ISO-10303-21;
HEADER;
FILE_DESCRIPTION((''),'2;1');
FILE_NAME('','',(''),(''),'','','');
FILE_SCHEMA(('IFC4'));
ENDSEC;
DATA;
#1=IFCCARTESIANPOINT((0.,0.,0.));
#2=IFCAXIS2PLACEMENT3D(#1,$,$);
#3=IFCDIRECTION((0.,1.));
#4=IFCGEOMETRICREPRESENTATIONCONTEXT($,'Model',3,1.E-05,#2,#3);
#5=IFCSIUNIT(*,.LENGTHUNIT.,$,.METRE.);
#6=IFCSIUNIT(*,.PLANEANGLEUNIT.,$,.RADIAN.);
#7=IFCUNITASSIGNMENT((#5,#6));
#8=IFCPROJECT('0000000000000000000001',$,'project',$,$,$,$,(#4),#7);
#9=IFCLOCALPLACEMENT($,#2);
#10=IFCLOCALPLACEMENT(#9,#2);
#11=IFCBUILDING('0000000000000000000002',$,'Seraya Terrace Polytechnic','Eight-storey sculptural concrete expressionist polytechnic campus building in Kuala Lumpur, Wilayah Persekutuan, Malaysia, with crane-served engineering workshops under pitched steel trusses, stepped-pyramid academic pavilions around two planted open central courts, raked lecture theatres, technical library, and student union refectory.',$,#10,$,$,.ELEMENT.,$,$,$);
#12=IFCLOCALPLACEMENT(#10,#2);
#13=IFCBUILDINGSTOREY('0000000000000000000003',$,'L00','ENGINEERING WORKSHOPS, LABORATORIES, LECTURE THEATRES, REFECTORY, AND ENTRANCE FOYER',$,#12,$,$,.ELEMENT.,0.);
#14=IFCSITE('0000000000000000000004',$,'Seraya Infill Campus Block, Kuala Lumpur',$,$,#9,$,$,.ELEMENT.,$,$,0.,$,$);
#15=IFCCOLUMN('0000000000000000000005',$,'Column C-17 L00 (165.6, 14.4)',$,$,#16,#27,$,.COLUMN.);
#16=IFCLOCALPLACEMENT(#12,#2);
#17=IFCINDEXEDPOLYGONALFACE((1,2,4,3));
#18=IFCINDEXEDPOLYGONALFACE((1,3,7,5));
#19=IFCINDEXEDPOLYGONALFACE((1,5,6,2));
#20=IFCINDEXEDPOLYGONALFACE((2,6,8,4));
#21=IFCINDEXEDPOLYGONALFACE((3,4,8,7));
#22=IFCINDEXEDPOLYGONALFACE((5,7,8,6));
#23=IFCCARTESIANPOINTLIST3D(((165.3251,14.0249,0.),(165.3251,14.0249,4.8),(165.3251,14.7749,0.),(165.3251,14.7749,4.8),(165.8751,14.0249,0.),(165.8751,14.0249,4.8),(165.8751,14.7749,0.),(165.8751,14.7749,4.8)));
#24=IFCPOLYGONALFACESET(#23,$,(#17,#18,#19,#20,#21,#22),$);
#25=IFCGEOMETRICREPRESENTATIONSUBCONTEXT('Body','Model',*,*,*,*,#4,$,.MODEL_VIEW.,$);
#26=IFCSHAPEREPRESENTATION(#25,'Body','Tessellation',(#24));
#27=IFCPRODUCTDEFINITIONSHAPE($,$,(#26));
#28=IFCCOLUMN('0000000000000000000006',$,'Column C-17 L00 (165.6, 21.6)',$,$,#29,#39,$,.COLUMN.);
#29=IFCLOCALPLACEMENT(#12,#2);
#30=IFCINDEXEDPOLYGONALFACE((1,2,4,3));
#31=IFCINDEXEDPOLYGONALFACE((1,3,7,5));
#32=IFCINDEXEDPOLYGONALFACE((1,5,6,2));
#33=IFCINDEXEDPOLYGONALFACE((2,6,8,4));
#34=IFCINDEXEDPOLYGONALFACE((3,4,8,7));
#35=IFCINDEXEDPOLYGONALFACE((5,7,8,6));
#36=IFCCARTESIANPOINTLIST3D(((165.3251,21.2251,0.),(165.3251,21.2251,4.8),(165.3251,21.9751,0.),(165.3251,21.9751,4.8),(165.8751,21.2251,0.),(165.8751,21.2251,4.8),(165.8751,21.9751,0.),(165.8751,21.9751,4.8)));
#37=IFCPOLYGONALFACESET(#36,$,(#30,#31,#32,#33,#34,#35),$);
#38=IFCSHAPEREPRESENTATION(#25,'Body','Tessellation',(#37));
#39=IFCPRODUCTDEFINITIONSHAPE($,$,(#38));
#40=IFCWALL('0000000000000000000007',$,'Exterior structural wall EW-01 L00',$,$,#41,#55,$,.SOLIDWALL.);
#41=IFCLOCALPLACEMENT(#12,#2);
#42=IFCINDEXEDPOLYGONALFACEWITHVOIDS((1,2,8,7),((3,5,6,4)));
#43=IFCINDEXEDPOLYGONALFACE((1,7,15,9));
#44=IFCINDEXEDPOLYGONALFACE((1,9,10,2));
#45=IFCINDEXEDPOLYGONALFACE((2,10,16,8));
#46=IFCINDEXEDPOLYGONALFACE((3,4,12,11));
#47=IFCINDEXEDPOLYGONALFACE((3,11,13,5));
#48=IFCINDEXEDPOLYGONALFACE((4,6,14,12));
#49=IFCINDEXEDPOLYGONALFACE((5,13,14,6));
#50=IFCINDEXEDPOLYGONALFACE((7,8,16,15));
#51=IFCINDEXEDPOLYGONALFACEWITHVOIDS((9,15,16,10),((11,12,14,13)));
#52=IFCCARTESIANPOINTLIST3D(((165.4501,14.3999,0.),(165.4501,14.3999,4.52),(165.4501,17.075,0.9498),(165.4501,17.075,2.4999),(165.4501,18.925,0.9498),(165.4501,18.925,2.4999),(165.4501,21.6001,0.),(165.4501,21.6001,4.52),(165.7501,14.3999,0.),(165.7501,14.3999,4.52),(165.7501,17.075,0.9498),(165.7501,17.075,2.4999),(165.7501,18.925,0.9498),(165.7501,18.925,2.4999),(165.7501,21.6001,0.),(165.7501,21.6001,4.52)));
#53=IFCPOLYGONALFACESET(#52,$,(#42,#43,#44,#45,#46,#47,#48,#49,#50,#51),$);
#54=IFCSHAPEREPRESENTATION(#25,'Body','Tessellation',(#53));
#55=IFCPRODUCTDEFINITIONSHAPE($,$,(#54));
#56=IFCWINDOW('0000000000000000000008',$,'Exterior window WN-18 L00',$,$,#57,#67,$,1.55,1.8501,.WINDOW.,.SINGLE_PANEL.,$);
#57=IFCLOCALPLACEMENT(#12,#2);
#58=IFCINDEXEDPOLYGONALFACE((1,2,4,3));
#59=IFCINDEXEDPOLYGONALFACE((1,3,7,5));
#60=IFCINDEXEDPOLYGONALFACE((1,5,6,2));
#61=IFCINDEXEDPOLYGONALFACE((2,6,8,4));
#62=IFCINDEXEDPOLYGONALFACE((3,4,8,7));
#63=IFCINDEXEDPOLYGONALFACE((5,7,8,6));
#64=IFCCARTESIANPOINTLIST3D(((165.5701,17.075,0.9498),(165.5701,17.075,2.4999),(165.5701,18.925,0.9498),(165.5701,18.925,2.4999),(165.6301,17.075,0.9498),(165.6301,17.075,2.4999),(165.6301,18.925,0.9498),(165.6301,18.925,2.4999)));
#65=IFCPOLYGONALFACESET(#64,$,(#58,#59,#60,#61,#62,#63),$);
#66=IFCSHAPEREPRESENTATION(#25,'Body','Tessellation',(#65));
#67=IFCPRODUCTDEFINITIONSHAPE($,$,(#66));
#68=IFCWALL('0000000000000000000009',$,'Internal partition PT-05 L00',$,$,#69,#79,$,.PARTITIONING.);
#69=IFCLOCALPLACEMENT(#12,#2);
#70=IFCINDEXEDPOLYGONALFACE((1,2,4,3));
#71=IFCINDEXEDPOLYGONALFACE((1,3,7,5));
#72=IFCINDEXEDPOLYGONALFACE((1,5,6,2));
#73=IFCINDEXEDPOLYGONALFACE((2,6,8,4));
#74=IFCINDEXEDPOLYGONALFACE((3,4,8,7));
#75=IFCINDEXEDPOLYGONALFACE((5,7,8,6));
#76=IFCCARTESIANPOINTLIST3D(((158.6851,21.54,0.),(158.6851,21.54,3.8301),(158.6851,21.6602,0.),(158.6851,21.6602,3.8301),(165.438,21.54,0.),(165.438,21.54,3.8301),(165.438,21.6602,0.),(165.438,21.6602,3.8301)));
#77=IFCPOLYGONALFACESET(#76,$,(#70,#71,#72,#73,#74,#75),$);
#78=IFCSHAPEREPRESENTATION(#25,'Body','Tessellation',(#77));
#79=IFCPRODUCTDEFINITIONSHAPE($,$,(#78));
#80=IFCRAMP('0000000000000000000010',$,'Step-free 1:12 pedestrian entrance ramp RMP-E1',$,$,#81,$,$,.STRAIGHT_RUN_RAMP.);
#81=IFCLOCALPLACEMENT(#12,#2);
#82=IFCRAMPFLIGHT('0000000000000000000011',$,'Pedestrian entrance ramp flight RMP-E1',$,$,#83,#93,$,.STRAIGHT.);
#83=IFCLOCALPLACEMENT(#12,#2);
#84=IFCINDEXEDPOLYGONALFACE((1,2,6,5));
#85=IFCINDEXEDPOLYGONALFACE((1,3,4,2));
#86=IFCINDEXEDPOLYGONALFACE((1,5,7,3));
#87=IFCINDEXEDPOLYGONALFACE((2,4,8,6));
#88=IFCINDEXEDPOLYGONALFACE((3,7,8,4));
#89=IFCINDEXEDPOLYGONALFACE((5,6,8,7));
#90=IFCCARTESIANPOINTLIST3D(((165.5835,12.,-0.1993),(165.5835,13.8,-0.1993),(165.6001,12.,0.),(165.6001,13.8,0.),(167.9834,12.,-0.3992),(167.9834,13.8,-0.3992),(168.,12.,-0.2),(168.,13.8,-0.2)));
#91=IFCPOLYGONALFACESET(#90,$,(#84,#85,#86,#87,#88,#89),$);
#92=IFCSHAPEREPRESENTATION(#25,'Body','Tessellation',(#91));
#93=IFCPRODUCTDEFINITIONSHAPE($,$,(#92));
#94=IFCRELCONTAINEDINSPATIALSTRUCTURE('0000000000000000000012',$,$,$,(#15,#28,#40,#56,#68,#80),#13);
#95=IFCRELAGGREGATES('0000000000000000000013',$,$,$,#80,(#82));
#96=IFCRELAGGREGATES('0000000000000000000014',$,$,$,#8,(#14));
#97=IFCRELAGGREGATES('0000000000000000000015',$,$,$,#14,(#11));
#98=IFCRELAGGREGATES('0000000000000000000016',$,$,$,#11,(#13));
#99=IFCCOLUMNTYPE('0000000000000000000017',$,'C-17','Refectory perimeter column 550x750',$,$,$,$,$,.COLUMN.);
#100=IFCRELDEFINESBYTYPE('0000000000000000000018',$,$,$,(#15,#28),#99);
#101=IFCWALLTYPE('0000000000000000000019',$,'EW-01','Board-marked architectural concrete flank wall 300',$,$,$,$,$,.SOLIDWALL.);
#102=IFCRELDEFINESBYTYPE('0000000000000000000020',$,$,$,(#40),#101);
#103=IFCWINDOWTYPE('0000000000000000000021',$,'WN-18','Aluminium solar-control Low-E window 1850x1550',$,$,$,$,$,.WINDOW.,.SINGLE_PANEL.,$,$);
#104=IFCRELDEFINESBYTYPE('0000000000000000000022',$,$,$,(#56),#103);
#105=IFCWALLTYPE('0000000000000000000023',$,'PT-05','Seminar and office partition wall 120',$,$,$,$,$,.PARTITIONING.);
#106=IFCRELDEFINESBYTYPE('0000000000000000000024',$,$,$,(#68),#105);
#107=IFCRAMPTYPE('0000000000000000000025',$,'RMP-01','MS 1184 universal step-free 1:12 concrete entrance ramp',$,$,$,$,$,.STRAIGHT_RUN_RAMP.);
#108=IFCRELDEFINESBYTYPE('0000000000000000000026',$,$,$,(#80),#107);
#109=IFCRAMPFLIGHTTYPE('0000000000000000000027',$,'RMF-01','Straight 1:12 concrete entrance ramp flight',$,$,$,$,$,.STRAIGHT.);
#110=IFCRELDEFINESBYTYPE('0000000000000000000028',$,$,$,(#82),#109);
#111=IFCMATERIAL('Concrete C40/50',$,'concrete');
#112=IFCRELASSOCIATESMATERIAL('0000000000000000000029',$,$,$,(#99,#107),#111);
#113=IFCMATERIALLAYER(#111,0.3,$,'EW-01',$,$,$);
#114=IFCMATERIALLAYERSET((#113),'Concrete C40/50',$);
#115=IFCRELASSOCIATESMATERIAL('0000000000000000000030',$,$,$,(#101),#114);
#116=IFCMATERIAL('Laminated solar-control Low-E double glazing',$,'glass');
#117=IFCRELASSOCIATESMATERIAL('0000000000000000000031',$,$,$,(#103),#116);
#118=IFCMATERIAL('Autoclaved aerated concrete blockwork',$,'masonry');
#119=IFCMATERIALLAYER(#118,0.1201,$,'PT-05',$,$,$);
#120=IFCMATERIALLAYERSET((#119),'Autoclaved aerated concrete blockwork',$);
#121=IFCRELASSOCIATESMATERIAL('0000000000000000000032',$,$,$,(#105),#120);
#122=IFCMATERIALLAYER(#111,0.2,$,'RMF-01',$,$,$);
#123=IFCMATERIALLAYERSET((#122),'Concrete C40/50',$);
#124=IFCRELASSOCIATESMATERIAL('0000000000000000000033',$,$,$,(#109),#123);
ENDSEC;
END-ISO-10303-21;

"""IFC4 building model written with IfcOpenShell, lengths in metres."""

from ifc_helpers import new_model, si_unit, direction, frame, frame_2d, origin, origin_2d, place, context, subcontext, project, spatial, polyline, rectangle, outline, extrude, material, layer, layer_set, material_profile, profile_set, type_object, element, fill, aggregate, save


model = new_model("IFC4")

# Units and contexts
model_context = context("Model", 3, precision=1e-05, world=origin(), true_north=direction((0.0, 1.0)))
body_context = subcontext(model_context, "Body", "Model", "MODEL_VIEW")
ifc_project = project(units=[si_unit("LENGTHUNIT", "METRE"), si_unit("PLANEANGLEUNIT", "RADIAN")], contexts=[model_context])

# Site, building, storey
site_placement = place(None, origin())
site = spatial("IfcSite", under=ifc_project, at=site_placement, Name="Seraya Infill Campus Block, Kuala Lumpur", CompositionType="ELEMENT", RefElevation=0.0)
building_placement = place(site_placement, origin())
building = spatial("IfcBuilding", under=site, at=building_placement, Name="Seraya Terrace Polytechnic", Description="Eight-storey sculptural concrete expressionist polytechnic campus building in Kuala Lumpur, Wilayah Persekutuan, Malaysia, with crane-served engineering workshops under pitched steel trusses, stepped-pyramid academic pavilions around two planted open central courts, raked lecture theatres, technical library, and student union refectory.", CompositionType="ELEMENT")
storey_placement = place(building_placement, origin())
storey = spatial("IfcBuildingStorey", under=building, at=storey_placement, Name="L00", Description="ENGINEERING WORKSHOPS, LABORATORIES, LECTURE THEATRES, REFECTORY, AND ENTRANCE FOYER", CompositionType="ELEMENT", Elevation=0.0)

# Shared definitions
ifc_material_1 = material(Name="Concrete C40/50", Category="concrete")

# Columns
ifc_material_profile_1 = material_profile(ifc_material_1, rectangle(XDim=0.55, YDim=0.75, at=origin_2d()), Name="RC 550x750")
ifc_profile_set_1 = profile_set([ifc_material_profile_1], Name="Concrete C40/50")
column_type_1 = type_object("IfcColumnType", Name="C-17", Description="Refectory perimeter column 550x750", PredefinedType="COLUMN", material=ifc_profile_set_1)
for number, where, z_axis, x_axis, name in (
    (1, (165.6001, 14.3999, 0.0), (0.0, 0.0, 1.0), (1.0, 0.0, 0.0), "Column C-17 L00 (165.6, 14.4)"),
    (2, (165.6001, 21.6001, 0.0), (0.0, 0.0, 1.0), (1.0, 0.0, 0.0), "Column C-17 L00 (165.6, 21.6)"),
):
    element("IfcColumn", number, at=place(storey_placement, frame(where, z_axis=z_axis, x_axis=x_axis)), inside=storey, type_object=column_type_1, Name=name, PredefinedType="COLUMN", context=body_context, shape_type="SweptSolid", body=[
        extrude(rectangle(XDim=0.55, YDim=0.75, at=origin_2d()), origin(), (0.0, 0.0, 1.0), 4.8),
    ])

# Wall, opening, window
ifc_layer_1 = layer(ifc_material_1, 0.3, Name="EW-01")
ifc_layer_set_1 = layer_set([ifc_layer_1], Name="Concrete C40/50")
wall_type_1 = type_object("IfcWallType", Name="EW-01", Description="Board-marked architectural concrete flank wall 300", PredefinedType="SOLIDWALL", material=ifc_layer_set_1)
wall_1_placement = place(storey_placement, frame((165.6001, 21.6001, 0.0), z_axis=(0.0, 0.0, 1.0), x_axis=(0.0, -1.0, 0.0)))
wall_1 = element("IfcWall", 3, at=wall_1_placement, inside=storey, type_object=wall_type_1, Name="Exterior structural wall EW-01 L00", PredefinedType="SOLIDWALL", context=body_context, shape_type="SweptSolid", body=[
    extrude(rectangle(XDim=7.2002, YDim=0.3, at=frame_2d((3.6001, 0.0))), origin(), (0.0, 0.0, 1.0), 4.52),
])
opening_1_placement = place(wall_1_placement, frame((2.675, 0.0, 0.95)))
opening_1 = element("IfcOpeningElement", 4, at=opening_1_placement, cuts=wall_1, PredefinedType="OPENING", context=body_context, shape_type="SweptSolid", body=[
    extrude(rectangle(XDim=1.8501, YDim=1.55, at=frame_2d((0.925, 0.7749))), frame((0.0, 0.1621, 0.0), z_axis=(0.0, -1.0, 0.0), x_axis=(1.0, 0.0, 0.0)), (0.0, 0.0, 1.0), 0.324),
])
ifc_material_2 = material(Name="Laminated solar-control Low-E double glazing", Category="glass")
window_type = type_object("IfcWindowType", Name="WN-18", Description="Aluminium solar-control Low-E window 1850x1550", PartitioningType="SINGLE_PANEL", PredefinedType="WINDOW", material=ifc_material_2)
window_placement = place(opening_1_placement, origin())
window = element("IfcWindow", 5, at=window_placement, inside=storey, type_object=window_type, Name="Exterior window WN-18 L00", OverallHeight=1.55, OverallWidth=1.8501, PartitioningType="SINGLE_PANEL", PredefinedType="WINDOW", context=body_context, shape_type="SweptSolid", body=[
    extrude(rectangle(XDim=1.8501, YDim=1.55, at=frame_2d((0.925, 0.7749))), frame((0.0, 0.03, 0.0), z_axis=(0.0, -1.0, 0.0), x_axis=(1.0, 0.0, 0.0)), (0.0, 0.0, 1.0), 0.0601),
])
fill(opening_1, window)

# Wall
ifc_material_3 = material(Name="Autoclaved aerated concrete blockwork", Category="masonry")
ifc_layer_2 = layer(ifc_material_3, 0.1201, Name="PT-05")
ifc_layer_set_2 = layer_set([ifc_layer_2], Name="Autoclaved aerated concrete blockwork")
wall_type_2 = type_object("IfcWallType", Name="PT-05", Description="Seminar and office partition wall 120", PredefinedType="PARTITIONING", material=ifc_layer_set_2)
wall_2_placement = place(storey_placement, frame((158.6851, 21.6001, 0.0), z_axis=(0.0, 0.0, 1.0), x_axis=(1.0, 0.0, 0.0)))
element("IfcWall", 6, at=wall_2_placement, inside=storey, type_object=wall_type_2, Name="Internal partition PT-05 L00", PredefinedType="PARTITIONING", context=body_context, shape_type="SweptSolid", body=[
    extrude(rectangle(XDim=6.7529, YDim=0.1201, at=frame_2d((3.3765, 0.0))), origin(), (0.0, 0.0, 1.0), 3.8301),
])

# Ramp, ramp flight
ramp_type = type_object("IfcRampType", Name="RMP-01", Description="MS 1184 universal step-free 1:12 concrete entrance ramp", PredefinedType="STRAIGHT_RUN_RAMP", material=ifc_material_1)
ramp_placement = place(storey_placement, origin())
ramp = element("IfcRamp", 7, at=ramp_placement, inside=storey, type_object=ramp_type, Name="Step-free 1:12 pedestrian entrance ramp RMP-E1", PredefinedType="STRAIGHT_RUN_RAMP")
ifc_layer_3 = layer(ifc_material_1, 0.2, Name="RMF-01")
ifc_layer_set_3 = layer_set([ifc_layer_3], Name="Concrete C40/50")
ramp_flight_type = type_object("IfcRampFlightType", Name="RMF-01", Description="Straight 1:12 concrete entrance ramp flight", PredefinedType="STRAIGHT", material=ifc_layer_set_3)
ramp_flight_placement = place(storey_placement, frame((165.6001, 12.0, 0.0), z_axis=(0.083029, 0.0, 0.996547), x_axis=(0.996547, 0.0, -0.083029)))
ramp_flight = element("IfcRampFlight", 8, at=ramp_flight_placement, type_object=ramp_flight_type, Name="Pedestrian entrance ramp flight RMP-E1", PredefinedType="STRAIGHT", context=body_context, shape_type="SweptSolid", body=[
    extrude(outline(polyline([(0.0, 0.0), (2.4082, 0.0), (2.4082, 1.8), (0.0, 1.8), (0.0, 0.0)])), origin(), (0.0, 0.0, -1.0), 0.2),
])
aggregate(ramp, [ramp_flight])

save(model, "model.ifc")
